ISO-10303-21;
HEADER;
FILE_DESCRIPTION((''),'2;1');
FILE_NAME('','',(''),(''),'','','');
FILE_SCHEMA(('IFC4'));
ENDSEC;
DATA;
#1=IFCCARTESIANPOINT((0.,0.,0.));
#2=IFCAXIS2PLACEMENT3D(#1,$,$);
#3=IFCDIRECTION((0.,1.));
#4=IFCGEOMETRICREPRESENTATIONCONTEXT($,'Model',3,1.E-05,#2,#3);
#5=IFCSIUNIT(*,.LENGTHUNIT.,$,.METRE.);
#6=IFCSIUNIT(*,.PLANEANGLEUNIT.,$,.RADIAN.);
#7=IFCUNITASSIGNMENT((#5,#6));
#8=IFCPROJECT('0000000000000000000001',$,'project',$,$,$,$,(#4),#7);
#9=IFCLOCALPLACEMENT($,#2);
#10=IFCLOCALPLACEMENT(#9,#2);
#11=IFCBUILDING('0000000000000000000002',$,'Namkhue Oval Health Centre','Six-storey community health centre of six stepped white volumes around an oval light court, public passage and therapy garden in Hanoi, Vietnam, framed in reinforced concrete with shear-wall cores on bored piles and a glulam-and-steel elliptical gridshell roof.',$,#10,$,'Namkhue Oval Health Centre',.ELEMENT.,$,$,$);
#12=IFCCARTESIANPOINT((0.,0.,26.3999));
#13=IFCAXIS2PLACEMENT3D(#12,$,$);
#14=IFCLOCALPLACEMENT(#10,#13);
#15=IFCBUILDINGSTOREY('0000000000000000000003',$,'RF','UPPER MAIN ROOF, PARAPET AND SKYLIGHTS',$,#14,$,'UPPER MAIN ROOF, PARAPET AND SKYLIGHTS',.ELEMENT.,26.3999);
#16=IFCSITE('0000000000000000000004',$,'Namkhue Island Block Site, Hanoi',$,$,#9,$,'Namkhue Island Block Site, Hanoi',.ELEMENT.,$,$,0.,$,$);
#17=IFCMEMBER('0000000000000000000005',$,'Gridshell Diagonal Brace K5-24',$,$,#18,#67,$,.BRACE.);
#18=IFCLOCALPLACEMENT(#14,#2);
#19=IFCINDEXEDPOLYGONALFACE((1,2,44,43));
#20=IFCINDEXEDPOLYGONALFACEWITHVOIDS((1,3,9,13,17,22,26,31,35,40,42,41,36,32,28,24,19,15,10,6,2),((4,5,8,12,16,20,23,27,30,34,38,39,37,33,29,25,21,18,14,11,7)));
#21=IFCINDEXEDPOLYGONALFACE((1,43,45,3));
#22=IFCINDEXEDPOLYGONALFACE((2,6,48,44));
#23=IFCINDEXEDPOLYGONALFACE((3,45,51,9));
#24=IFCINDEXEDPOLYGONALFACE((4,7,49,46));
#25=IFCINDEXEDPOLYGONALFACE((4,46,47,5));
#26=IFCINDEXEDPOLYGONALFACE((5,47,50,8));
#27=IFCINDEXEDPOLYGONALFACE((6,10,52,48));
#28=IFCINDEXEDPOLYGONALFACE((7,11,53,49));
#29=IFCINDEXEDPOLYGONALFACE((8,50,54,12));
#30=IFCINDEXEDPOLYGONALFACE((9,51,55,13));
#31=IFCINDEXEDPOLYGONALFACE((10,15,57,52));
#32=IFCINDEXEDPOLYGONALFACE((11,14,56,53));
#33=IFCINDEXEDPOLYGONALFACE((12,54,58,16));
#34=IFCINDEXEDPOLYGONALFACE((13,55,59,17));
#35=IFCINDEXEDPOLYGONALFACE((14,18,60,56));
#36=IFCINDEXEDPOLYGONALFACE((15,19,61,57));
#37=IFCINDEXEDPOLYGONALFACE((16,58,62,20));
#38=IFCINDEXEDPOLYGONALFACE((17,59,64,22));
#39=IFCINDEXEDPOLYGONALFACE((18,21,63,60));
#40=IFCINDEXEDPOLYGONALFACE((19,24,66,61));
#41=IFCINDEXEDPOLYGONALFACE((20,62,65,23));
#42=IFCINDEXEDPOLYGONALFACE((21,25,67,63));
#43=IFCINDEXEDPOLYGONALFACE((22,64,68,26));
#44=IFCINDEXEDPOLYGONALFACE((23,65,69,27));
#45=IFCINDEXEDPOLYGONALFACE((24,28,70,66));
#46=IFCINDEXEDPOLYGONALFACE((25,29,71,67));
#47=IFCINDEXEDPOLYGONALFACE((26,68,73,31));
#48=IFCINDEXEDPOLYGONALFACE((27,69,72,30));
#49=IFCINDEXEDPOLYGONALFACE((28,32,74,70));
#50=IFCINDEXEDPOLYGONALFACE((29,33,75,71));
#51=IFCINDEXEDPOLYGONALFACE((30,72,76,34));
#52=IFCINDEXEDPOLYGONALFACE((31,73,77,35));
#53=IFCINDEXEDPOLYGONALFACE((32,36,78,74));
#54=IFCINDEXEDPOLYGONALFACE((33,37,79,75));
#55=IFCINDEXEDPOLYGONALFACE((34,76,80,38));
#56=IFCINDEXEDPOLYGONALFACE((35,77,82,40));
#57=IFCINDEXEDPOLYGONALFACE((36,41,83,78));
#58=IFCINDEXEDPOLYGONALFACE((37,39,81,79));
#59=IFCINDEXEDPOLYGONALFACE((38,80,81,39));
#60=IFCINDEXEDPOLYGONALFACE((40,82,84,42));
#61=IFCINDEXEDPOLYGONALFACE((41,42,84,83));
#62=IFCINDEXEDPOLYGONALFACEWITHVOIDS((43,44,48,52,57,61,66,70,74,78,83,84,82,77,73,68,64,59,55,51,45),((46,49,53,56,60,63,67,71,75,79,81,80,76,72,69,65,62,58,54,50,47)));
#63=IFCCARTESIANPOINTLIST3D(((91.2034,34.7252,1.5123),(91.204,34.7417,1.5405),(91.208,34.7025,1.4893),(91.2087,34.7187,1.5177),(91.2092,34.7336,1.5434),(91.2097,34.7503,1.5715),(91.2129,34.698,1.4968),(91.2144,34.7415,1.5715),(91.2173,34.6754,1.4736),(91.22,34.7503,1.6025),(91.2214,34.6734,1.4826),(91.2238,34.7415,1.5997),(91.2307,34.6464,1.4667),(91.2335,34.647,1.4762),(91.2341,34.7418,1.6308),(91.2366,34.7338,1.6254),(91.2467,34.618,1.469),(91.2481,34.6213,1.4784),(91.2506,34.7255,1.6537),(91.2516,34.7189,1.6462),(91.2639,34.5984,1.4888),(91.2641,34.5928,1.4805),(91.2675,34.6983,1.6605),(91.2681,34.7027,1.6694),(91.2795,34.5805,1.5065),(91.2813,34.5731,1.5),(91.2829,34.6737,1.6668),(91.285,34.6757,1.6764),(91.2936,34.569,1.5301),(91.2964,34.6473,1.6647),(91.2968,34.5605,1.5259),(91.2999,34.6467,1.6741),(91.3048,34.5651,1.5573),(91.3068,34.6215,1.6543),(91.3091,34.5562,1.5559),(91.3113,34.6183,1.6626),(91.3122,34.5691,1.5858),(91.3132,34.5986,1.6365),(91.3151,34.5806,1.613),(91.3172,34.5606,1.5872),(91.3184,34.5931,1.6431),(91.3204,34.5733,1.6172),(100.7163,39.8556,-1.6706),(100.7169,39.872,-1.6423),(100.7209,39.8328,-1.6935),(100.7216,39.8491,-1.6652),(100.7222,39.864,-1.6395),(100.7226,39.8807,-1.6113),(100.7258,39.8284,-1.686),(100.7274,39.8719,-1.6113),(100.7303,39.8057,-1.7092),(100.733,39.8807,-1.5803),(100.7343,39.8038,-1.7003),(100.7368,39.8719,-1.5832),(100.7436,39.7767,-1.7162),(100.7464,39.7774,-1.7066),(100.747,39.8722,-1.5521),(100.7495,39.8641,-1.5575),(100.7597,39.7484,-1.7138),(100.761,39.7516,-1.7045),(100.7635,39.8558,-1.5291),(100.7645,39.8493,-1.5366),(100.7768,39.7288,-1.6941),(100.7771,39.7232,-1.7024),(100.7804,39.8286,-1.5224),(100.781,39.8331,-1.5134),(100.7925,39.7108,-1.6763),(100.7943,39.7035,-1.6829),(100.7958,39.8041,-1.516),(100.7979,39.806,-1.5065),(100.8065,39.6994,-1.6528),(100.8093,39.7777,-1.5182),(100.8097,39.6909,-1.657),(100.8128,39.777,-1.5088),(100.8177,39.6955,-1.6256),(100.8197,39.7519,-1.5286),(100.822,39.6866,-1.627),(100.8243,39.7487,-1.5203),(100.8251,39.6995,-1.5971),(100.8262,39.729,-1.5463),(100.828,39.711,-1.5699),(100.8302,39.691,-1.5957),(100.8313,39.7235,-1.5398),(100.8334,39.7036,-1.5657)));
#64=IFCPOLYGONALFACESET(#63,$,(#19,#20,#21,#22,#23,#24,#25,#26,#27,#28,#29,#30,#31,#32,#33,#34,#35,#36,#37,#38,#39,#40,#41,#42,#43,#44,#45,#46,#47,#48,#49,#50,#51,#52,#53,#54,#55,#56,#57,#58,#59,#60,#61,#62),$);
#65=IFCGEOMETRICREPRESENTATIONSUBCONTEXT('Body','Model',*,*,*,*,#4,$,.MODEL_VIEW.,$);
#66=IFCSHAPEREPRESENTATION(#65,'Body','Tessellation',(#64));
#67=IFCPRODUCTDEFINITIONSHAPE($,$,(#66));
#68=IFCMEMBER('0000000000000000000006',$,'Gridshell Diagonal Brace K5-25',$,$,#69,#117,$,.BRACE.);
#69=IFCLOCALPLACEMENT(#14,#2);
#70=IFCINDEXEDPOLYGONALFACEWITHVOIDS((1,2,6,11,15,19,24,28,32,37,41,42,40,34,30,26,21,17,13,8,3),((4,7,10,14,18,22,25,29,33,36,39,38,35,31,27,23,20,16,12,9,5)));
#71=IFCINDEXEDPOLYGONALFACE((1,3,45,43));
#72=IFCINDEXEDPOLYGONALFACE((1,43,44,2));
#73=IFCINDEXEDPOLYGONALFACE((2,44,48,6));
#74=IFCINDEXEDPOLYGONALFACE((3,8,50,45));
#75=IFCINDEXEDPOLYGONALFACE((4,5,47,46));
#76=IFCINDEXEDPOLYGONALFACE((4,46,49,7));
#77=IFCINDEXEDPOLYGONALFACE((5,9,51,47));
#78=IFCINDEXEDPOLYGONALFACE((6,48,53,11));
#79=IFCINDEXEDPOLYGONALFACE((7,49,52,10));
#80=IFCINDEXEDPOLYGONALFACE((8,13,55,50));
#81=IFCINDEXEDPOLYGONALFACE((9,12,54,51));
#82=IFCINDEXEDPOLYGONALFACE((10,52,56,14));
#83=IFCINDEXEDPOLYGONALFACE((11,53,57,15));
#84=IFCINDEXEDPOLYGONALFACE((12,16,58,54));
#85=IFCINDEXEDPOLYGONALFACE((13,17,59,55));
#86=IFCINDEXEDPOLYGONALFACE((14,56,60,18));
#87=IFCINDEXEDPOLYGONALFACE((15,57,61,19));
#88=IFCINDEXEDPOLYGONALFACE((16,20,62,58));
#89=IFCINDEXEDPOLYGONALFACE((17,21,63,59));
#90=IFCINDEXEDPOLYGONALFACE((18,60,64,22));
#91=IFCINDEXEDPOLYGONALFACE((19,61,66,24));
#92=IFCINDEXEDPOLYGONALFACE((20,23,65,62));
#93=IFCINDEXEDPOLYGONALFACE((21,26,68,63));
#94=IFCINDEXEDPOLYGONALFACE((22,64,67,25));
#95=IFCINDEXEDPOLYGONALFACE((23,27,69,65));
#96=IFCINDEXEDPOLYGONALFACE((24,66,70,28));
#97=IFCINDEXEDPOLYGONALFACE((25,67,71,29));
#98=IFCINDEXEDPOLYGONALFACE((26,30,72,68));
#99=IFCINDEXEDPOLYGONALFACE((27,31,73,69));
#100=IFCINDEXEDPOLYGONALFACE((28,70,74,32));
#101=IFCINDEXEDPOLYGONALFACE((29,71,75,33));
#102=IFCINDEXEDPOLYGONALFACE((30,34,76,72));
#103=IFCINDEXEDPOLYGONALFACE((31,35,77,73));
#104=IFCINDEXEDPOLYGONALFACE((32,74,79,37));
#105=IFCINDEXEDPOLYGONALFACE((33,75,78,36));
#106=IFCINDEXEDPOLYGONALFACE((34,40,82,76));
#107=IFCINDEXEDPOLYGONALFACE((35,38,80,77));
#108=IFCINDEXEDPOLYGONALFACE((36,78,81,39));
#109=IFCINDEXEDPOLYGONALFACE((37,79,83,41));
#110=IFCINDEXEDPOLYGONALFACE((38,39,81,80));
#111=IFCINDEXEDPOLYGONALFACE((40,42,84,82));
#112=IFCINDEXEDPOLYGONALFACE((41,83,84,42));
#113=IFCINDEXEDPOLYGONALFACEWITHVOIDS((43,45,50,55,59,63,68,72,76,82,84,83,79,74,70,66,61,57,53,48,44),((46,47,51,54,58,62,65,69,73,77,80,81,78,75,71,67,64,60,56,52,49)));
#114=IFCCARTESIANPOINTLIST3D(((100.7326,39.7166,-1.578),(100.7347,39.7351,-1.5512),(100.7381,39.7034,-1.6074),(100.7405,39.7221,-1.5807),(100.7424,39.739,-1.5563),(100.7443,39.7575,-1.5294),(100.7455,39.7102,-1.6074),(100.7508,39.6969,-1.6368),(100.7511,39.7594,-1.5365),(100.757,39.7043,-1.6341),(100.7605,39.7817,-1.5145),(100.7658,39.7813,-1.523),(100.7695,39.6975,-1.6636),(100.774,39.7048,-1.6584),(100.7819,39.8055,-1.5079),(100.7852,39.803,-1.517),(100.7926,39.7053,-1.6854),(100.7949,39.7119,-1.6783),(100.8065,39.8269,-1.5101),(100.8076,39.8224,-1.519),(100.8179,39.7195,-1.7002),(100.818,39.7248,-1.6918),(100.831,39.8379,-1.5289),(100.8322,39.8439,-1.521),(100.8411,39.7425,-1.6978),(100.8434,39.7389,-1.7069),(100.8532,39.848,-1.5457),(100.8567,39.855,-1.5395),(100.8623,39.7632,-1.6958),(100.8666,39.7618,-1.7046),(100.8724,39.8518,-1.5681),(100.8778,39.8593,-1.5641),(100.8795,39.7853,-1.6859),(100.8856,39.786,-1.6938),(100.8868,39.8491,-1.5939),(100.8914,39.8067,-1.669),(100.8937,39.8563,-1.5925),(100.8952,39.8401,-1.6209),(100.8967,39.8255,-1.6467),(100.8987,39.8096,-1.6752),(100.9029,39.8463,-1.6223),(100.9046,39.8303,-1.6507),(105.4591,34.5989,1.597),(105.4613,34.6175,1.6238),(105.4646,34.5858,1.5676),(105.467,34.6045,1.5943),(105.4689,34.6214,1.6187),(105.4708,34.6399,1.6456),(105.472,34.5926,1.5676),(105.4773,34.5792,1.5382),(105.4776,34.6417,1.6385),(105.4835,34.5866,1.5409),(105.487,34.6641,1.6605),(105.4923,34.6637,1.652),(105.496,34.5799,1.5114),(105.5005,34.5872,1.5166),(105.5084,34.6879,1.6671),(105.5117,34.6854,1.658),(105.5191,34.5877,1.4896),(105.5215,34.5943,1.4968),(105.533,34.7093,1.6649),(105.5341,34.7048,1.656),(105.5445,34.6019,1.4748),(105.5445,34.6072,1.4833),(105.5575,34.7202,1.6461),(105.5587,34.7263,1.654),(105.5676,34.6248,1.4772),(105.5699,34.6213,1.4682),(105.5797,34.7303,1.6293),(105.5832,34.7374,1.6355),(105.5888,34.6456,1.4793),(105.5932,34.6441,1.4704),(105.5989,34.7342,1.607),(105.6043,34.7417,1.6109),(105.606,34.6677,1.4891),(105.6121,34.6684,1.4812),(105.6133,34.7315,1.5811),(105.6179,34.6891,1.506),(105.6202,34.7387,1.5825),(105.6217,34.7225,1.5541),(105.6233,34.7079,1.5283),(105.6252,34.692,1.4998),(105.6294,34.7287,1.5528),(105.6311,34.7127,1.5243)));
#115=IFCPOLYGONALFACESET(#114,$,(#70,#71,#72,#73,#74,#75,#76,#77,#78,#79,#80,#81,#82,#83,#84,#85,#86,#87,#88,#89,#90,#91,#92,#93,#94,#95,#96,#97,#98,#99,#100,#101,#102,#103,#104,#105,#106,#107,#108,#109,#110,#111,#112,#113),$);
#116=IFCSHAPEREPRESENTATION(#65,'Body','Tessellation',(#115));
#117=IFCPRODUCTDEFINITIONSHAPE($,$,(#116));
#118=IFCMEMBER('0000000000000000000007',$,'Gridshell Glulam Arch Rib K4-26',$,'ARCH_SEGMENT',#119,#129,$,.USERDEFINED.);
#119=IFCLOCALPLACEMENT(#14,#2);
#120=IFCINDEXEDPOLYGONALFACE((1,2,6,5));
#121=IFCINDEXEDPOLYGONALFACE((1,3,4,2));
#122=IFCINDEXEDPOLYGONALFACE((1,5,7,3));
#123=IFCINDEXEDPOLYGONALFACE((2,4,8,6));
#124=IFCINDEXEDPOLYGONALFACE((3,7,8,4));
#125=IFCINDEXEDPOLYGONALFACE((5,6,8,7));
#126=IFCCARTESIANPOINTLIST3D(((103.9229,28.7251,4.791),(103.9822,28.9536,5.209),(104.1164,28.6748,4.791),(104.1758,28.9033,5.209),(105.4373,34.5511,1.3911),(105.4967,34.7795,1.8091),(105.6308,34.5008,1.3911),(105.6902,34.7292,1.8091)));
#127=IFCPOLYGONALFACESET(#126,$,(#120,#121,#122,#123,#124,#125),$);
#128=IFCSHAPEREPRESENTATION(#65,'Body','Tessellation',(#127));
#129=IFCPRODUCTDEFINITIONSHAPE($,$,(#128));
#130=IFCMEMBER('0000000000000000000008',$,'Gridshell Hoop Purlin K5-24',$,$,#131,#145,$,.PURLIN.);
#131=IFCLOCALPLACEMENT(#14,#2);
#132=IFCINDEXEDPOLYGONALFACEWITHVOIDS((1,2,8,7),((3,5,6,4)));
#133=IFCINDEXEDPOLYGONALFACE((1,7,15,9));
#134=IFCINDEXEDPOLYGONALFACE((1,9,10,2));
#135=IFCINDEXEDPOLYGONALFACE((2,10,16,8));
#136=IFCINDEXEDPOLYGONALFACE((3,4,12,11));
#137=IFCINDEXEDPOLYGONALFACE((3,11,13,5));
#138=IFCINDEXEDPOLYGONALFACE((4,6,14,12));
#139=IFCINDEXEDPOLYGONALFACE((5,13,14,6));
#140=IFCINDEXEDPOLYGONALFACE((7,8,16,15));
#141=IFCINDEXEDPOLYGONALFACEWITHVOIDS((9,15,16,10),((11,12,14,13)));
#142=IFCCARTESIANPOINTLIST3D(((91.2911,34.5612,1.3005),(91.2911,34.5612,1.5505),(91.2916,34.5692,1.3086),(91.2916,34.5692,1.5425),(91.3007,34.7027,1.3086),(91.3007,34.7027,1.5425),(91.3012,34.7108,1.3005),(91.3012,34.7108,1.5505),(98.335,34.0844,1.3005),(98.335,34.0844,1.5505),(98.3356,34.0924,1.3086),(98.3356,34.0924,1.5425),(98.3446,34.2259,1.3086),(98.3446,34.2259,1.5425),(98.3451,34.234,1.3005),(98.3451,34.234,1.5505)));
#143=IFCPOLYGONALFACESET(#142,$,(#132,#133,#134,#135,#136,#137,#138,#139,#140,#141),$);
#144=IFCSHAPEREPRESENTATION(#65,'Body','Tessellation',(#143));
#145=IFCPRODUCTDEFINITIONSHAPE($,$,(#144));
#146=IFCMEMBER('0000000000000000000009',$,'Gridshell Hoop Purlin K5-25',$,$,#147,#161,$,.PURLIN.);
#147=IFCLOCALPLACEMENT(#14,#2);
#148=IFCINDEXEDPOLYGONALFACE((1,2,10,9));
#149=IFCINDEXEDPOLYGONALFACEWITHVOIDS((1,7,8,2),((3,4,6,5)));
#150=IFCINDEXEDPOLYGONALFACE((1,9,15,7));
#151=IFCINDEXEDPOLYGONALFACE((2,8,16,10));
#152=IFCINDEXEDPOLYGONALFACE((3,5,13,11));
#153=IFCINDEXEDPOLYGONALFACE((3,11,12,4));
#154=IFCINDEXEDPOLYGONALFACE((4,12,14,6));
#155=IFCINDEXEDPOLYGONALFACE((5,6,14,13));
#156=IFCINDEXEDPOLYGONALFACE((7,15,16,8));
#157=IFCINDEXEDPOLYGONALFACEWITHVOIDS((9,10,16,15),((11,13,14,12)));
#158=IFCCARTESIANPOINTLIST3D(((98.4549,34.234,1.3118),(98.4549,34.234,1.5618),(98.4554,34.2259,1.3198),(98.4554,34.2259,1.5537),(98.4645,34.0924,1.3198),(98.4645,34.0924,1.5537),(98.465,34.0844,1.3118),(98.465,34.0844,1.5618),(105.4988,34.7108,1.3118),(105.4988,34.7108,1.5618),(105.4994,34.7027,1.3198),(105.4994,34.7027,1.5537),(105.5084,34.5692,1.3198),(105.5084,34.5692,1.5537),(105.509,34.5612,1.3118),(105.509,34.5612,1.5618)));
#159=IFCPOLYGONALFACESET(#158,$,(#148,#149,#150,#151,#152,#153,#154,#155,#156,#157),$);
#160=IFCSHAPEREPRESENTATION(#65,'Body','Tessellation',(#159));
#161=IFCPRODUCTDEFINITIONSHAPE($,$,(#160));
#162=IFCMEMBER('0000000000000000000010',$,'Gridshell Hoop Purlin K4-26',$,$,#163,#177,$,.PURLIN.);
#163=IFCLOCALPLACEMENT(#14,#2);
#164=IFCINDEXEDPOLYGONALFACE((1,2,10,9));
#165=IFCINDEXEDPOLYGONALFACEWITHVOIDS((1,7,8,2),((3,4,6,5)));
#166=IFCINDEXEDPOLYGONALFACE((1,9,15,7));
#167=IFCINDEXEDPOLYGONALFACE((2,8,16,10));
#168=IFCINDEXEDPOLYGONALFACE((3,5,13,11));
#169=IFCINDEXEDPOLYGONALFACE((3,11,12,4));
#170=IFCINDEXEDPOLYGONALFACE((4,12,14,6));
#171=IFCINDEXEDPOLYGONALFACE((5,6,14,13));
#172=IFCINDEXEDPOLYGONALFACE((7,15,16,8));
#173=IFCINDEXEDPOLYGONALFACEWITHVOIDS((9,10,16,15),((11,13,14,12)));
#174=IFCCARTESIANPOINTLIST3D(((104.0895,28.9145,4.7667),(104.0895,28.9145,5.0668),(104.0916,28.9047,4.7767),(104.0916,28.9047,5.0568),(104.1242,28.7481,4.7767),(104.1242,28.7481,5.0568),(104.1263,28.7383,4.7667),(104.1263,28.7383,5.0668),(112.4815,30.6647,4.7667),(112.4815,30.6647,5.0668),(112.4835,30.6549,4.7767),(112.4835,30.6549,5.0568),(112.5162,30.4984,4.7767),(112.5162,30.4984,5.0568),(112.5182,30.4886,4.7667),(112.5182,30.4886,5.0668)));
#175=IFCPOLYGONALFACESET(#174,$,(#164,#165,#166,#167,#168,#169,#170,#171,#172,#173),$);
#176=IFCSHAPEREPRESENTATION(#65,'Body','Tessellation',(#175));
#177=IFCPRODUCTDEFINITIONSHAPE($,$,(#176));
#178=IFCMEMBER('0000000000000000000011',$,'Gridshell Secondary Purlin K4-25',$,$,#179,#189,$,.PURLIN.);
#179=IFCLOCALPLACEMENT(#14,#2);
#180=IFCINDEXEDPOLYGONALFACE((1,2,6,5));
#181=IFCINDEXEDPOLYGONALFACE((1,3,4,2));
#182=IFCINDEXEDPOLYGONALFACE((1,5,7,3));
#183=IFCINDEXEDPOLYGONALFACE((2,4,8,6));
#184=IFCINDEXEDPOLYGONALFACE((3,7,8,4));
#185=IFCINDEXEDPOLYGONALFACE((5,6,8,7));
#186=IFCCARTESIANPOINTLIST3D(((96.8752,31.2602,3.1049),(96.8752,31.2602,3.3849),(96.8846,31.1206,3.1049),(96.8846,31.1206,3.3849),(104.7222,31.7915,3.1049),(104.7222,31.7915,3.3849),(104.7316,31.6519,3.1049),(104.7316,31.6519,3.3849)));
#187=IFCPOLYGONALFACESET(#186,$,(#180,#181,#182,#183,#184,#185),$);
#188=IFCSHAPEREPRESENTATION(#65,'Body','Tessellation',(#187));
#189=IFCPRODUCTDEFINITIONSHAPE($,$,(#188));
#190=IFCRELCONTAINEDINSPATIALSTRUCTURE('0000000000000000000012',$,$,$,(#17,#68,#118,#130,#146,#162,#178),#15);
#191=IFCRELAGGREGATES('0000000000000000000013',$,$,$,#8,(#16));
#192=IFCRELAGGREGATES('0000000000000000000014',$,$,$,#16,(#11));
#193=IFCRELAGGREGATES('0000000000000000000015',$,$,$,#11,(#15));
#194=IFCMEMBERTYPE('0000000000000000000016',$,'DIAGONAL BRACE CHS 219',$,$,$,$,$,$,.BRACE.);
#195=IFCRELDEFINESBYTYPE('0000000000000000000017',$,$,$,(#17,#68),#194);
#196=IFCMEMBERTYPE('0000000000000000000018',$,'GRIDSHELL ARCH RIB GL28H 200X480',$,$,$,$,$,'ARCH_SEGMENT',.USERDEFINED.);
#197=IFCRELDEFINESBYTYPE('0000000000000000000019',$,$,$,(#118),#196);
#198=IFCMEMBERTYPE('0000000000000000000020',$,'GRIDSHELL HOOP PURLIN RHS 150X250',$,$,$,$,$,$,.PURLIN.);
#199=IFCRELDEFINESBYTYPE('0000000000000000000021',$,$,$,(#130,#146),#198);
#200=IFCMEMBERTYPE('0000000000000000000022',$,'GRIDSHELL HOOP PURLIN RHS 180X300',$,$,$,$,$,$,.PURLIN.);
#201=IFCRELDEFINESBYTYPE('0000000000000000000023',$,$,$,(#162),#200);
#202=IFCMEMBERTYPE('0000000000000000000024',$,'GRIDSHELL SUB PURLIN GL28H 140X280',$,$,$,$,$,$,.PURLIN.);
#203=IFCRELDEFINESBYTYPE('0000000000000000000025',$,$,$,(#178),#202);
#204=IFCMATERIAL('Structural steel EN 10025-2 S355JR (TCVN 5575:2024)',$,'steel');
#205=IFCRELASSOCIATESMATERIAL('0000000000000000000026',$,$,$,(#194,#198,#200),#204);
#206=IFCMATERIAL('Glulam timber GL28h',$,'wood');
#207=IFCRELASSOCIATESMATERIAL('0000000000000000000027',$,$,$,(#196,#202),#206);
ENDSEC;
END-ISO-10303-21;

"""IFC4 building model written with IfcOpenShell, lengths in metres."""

from ifc_helpers import new_model, si_unit, direction, frame, origin, origin_2d, place, context, subcontext, project, spatial, rectangle, hollow_rectangle, hollow_circle, extrude, material, material_profile, profile_set, type_object, element, save


model = new_model("IFC4")

# Units and contexts
model_context = context("Model", 3, precision=1e-05, world=origin(), true_north=direction((0.0, 1.0)))
body_context = subcontext(model_context, "Body", "Model", "MODEL_VIEW")
ifc_project = project(units=[si_unit("LENGTHUNIT", "METRE"), si_unit("PLANEANGLEUNIT", "RADIAN")], contexts=[model_context])

# Site, building, storey
site_placement = place(None, origin())
site = spatial("IfcSite", under=ifc_project, at=site_placement, Name="Namkhue Island Block Site, Hanoi", LongName="Namkhue Island Block Site, Hanoi", CompositionType="ELEMENT", RefElevation=0.0)
building_placement = place(site_placement, origin())
building = spatial("IfcBuilding", under=site, at=building_placement, Name="Namkhue Oval Health Centre", Description="Six-storey community health centre of six stepped white volumes around an oval light court, public passage and therapy garden in Hanoi, Vietnam, framed in reinforced concrete with shear-wall cores on bored piles and a glulam-and-steel elliptical gridshell roof.", LongName="Namkhue Oval Health Centre", CompositionType="ELEMENT")
storey_placement = place(building_placement, frame((0.0, 0.0, 26.3999)))
storey = spatial("IfcBuildingStorey", under=building, at=storey_placement, Name="RF", Description="UPPER MAIN ROOF, PARAPET AND SKYLIGHTS", LongName="UPPER MAIN ROOF, PARAPET AND SKYLIGHTS", CompositionType="ELEMENT", Elevation=26.3999)

# Members
ifc_material_1 = material(Name="Structural steel EN 10025-2 S355JR (TCVN 5575:2024)", Category="steel")
ifc_material_profile_1 = material_profile(ifc_material_1, hollow_circle(Radius=0.1096, WallThickness=0.01, at=origin_2d()), Name="CHS 219.1x10")
ifc_profile_set_1 = profile_set([ifc_material_profile_1], Name="Structural steel EN 10025-2 S355JR (TCVN 5575:2024)")
member_type_1 = type_object("IfcMemberType", Name="DIAGONAL BRACE CHS 219", PredefinedType="BRACE", material=ifc_profile_set_1)
member_1_placement = place(storey_placement, frame((91.2617, 34.6538, 1.5715), z_axis=(0.844312, 0.455341, -0.282492), x_axis=(-0.474675, 0.880161, 0.0)))
element("IfcMember", 1, at=member_1_placement, inside=storey, type_object=member_type_1, Name="Gridshell Diagonal Brace K5-24", PredefinedType="BRACE", context=body_context, shape_type="SweptSolid", body=[
    extrude(hollow_circle(Radius=0.1096, WallThickness=0.01, at=origin_2d()), origin(), (0.0, 0.0, 1.0), 11.2671),
])
member_2_placement = place(storey_placement, frame((105.5452, 34.6602, 1.5676), z_axis=(-0.61738, 0.668467, -0.414722), x_axis=(-0.734621, -0.678478, 0.0)))
element("IfcMember", 2, at=member_2_placement, inside=storey, type_object=member_type_1, Name="Gridshell Diagonal Brace K5-25", PredefinedType="BRACE", context=body_context, shape_type="SweptSolid", body=[
    extrude(hollow_circle(Radius=0.1096, WallThickness=0.01, at=origin_2d()), origin(), (0.0, 0.0, 1.0), 7.6558),
])
ifc_material_2 = material(Name="Glulam timber GL28h", Category="wood")
ifc_material_profile_2 = material_profile(ifc_material_2, rectangle(XDim=0.2, YDim=0.48, at=origin_2d()), Name="GL28h 200x480")
ifc_profile_set_2 = profile_set([ifc_material_profile_2], Name="Glulam timber GL28h")
member_type_2 = type_object("IfcMemberType", Name="GRIDSHELL ARCH RIB GL28H 200X480", ElementType="ARCH_SEGMENT", PredefinedType="USERDEFINED", material=ifc_profile_set_2)
member_3_placement = place(storey_placement, frame((104.0493, 28.8142, 5.0), z_axis=(0.219056, 0.842709, -0.491789), x_axis=(-0.967836, 0.251581, 0.0)))
element("IfcMember", 3, at=member_3_placement, inside=storey, type_object=member_type_2, Name="Gridshell Glulam Arch Rib K4-26", ObjectType="ARCH_SEGMENT", PredefinedType="USERDEFINED", context=body_context, shape_type="SweptSolid", body=[
    extrude(rectangle(XDim=0.2, YDim=0.48, at=origin_2d()), origin(), (0.0, 0.0, 1.0), 6.9133),
])
ifc_material_profile_3 = material_profile(ifc_material_1, hollow_rectangle(XDim=0.1499, YDim=0.25, WallThickness=0.0081, at=origin_2d()), Name="RHS 150x250x8")
ifc_profile_set_3 = profile_set([ifc_material_profile_3], Name="Structural steel EN 10025-2 S355JR (TCVN 5575:2024)")
member_type_3 = type_object("IfcMemberType", Name="GRIDSHELL HOOP PURLIN RHS 150X250", PredefinedType="PURLIN", material=ifc_profile_set_3)
for number, where, z_axis, x_axis, name in (
    (4, (91.2961, 34.636, 1.4255), (0.997717, -0.067536, 0.0), (0.067536, 0.997717, 0.0), "Gridshell Hoop Purlin K5-24"),
    (5, (98.46, 34.1592, 1.4368), (0.997717, 0.067536, 0.0), (-0.067536, 0.997717, 0.0), "Gridshell Hoop Purlin K5-25"),
):
    element("IfcMember", number, at=place(storey_placement, frame(where, z_axis=z_axis, x_axis=x_axis)), inside=storey, type_object=member_type_3, Name=name, PredefinedType="PURLIN", context=body_context, shape_type="SweptSolid", body=[
        extrude(hollow_rectangle(XDim=0.1499, YDim=0.25, WallThickness=0.0081, at=origin_2d()), origin(), (0.0, 0.0, 1.0), 7.0601),
    ])
ifc_material_profile_4 = material_profile(ifc_material_1, hollow_rectangle(XDim=0.1799, YDim=0.3, WallThickness=0.01, at=origin_2d()), Name="RHS 180x300x10")
ifc_profile_set_4 = profile_set([ifc_material_profile_4], Name="Structural steel EN 10025-2 S355JR (TCVN 5575:2024)")
member_type_4 = type_object("IfcMemberType", Name="GRIDSHELL HOOP PURLIN RHS 180X300", PredefinedType="PURLIN", material=ifc_profile_set_4)
member_4_placement = place(storey_placement, frame((104.1079, 28.8264, 4.9167), z_axis=(0.978935, 0.204171, 0.0), x_axis=(-0.204171, 0.978935, 0.0)))
element("IfcMember", 6, at=member_4_placement, inside=storey, type_object=member_type_4, Name="Gridshell Hoop Purlin K4-26", PredefinedType="PURLIN", context=body_context, shape_type="SweptSolid", body=[
    extrude(hollow_rectangle(XDim=0.1799, YDim=0.3, WallThickness=0.01, at=origin_2d()), origin(), (0.0, 0.0, 1.0), 8.5725),
])
ifc_material_profile_5 = material_profile(ifc_material_2, rectangle(XDim=0.1399, YDim=0.28, at=origin_2d()), Name="GL28h 140x280")
ifc_profile_set_5 = profile_set([ifc_material_profile_5], Name="Glulam timber GL28h")
member_type_5 = type_object("IfcMemberType", Name="GRIDSHELL SUB PURLIN GL28H 140X280", PredefinedType="PURLIN", material=ifc_profile_set_5)
member_5_placement = place(storey_placement, frame((96.8799, 31.1904, 3.2449), z_axis=(0.997716, 0.067547, 0.0), x_axis=(-0.067547, 0.997716, 0.0)))
element("IfcMember", 7, at=member_5_placement, inside=storey, type_object=member_type_5, Name="Gridshell Secondary Purlin K4-25", PredefinedType="PURLIN", context=body_context, shape_type="SweptSolid", body=[
    extrude(rectangle(XDim=0.1399, YDim=0.28, at=origin_2d()), origin(), (0.0, 0.0, 1.0), 7.865),
])

save(model, "model.ifc")
